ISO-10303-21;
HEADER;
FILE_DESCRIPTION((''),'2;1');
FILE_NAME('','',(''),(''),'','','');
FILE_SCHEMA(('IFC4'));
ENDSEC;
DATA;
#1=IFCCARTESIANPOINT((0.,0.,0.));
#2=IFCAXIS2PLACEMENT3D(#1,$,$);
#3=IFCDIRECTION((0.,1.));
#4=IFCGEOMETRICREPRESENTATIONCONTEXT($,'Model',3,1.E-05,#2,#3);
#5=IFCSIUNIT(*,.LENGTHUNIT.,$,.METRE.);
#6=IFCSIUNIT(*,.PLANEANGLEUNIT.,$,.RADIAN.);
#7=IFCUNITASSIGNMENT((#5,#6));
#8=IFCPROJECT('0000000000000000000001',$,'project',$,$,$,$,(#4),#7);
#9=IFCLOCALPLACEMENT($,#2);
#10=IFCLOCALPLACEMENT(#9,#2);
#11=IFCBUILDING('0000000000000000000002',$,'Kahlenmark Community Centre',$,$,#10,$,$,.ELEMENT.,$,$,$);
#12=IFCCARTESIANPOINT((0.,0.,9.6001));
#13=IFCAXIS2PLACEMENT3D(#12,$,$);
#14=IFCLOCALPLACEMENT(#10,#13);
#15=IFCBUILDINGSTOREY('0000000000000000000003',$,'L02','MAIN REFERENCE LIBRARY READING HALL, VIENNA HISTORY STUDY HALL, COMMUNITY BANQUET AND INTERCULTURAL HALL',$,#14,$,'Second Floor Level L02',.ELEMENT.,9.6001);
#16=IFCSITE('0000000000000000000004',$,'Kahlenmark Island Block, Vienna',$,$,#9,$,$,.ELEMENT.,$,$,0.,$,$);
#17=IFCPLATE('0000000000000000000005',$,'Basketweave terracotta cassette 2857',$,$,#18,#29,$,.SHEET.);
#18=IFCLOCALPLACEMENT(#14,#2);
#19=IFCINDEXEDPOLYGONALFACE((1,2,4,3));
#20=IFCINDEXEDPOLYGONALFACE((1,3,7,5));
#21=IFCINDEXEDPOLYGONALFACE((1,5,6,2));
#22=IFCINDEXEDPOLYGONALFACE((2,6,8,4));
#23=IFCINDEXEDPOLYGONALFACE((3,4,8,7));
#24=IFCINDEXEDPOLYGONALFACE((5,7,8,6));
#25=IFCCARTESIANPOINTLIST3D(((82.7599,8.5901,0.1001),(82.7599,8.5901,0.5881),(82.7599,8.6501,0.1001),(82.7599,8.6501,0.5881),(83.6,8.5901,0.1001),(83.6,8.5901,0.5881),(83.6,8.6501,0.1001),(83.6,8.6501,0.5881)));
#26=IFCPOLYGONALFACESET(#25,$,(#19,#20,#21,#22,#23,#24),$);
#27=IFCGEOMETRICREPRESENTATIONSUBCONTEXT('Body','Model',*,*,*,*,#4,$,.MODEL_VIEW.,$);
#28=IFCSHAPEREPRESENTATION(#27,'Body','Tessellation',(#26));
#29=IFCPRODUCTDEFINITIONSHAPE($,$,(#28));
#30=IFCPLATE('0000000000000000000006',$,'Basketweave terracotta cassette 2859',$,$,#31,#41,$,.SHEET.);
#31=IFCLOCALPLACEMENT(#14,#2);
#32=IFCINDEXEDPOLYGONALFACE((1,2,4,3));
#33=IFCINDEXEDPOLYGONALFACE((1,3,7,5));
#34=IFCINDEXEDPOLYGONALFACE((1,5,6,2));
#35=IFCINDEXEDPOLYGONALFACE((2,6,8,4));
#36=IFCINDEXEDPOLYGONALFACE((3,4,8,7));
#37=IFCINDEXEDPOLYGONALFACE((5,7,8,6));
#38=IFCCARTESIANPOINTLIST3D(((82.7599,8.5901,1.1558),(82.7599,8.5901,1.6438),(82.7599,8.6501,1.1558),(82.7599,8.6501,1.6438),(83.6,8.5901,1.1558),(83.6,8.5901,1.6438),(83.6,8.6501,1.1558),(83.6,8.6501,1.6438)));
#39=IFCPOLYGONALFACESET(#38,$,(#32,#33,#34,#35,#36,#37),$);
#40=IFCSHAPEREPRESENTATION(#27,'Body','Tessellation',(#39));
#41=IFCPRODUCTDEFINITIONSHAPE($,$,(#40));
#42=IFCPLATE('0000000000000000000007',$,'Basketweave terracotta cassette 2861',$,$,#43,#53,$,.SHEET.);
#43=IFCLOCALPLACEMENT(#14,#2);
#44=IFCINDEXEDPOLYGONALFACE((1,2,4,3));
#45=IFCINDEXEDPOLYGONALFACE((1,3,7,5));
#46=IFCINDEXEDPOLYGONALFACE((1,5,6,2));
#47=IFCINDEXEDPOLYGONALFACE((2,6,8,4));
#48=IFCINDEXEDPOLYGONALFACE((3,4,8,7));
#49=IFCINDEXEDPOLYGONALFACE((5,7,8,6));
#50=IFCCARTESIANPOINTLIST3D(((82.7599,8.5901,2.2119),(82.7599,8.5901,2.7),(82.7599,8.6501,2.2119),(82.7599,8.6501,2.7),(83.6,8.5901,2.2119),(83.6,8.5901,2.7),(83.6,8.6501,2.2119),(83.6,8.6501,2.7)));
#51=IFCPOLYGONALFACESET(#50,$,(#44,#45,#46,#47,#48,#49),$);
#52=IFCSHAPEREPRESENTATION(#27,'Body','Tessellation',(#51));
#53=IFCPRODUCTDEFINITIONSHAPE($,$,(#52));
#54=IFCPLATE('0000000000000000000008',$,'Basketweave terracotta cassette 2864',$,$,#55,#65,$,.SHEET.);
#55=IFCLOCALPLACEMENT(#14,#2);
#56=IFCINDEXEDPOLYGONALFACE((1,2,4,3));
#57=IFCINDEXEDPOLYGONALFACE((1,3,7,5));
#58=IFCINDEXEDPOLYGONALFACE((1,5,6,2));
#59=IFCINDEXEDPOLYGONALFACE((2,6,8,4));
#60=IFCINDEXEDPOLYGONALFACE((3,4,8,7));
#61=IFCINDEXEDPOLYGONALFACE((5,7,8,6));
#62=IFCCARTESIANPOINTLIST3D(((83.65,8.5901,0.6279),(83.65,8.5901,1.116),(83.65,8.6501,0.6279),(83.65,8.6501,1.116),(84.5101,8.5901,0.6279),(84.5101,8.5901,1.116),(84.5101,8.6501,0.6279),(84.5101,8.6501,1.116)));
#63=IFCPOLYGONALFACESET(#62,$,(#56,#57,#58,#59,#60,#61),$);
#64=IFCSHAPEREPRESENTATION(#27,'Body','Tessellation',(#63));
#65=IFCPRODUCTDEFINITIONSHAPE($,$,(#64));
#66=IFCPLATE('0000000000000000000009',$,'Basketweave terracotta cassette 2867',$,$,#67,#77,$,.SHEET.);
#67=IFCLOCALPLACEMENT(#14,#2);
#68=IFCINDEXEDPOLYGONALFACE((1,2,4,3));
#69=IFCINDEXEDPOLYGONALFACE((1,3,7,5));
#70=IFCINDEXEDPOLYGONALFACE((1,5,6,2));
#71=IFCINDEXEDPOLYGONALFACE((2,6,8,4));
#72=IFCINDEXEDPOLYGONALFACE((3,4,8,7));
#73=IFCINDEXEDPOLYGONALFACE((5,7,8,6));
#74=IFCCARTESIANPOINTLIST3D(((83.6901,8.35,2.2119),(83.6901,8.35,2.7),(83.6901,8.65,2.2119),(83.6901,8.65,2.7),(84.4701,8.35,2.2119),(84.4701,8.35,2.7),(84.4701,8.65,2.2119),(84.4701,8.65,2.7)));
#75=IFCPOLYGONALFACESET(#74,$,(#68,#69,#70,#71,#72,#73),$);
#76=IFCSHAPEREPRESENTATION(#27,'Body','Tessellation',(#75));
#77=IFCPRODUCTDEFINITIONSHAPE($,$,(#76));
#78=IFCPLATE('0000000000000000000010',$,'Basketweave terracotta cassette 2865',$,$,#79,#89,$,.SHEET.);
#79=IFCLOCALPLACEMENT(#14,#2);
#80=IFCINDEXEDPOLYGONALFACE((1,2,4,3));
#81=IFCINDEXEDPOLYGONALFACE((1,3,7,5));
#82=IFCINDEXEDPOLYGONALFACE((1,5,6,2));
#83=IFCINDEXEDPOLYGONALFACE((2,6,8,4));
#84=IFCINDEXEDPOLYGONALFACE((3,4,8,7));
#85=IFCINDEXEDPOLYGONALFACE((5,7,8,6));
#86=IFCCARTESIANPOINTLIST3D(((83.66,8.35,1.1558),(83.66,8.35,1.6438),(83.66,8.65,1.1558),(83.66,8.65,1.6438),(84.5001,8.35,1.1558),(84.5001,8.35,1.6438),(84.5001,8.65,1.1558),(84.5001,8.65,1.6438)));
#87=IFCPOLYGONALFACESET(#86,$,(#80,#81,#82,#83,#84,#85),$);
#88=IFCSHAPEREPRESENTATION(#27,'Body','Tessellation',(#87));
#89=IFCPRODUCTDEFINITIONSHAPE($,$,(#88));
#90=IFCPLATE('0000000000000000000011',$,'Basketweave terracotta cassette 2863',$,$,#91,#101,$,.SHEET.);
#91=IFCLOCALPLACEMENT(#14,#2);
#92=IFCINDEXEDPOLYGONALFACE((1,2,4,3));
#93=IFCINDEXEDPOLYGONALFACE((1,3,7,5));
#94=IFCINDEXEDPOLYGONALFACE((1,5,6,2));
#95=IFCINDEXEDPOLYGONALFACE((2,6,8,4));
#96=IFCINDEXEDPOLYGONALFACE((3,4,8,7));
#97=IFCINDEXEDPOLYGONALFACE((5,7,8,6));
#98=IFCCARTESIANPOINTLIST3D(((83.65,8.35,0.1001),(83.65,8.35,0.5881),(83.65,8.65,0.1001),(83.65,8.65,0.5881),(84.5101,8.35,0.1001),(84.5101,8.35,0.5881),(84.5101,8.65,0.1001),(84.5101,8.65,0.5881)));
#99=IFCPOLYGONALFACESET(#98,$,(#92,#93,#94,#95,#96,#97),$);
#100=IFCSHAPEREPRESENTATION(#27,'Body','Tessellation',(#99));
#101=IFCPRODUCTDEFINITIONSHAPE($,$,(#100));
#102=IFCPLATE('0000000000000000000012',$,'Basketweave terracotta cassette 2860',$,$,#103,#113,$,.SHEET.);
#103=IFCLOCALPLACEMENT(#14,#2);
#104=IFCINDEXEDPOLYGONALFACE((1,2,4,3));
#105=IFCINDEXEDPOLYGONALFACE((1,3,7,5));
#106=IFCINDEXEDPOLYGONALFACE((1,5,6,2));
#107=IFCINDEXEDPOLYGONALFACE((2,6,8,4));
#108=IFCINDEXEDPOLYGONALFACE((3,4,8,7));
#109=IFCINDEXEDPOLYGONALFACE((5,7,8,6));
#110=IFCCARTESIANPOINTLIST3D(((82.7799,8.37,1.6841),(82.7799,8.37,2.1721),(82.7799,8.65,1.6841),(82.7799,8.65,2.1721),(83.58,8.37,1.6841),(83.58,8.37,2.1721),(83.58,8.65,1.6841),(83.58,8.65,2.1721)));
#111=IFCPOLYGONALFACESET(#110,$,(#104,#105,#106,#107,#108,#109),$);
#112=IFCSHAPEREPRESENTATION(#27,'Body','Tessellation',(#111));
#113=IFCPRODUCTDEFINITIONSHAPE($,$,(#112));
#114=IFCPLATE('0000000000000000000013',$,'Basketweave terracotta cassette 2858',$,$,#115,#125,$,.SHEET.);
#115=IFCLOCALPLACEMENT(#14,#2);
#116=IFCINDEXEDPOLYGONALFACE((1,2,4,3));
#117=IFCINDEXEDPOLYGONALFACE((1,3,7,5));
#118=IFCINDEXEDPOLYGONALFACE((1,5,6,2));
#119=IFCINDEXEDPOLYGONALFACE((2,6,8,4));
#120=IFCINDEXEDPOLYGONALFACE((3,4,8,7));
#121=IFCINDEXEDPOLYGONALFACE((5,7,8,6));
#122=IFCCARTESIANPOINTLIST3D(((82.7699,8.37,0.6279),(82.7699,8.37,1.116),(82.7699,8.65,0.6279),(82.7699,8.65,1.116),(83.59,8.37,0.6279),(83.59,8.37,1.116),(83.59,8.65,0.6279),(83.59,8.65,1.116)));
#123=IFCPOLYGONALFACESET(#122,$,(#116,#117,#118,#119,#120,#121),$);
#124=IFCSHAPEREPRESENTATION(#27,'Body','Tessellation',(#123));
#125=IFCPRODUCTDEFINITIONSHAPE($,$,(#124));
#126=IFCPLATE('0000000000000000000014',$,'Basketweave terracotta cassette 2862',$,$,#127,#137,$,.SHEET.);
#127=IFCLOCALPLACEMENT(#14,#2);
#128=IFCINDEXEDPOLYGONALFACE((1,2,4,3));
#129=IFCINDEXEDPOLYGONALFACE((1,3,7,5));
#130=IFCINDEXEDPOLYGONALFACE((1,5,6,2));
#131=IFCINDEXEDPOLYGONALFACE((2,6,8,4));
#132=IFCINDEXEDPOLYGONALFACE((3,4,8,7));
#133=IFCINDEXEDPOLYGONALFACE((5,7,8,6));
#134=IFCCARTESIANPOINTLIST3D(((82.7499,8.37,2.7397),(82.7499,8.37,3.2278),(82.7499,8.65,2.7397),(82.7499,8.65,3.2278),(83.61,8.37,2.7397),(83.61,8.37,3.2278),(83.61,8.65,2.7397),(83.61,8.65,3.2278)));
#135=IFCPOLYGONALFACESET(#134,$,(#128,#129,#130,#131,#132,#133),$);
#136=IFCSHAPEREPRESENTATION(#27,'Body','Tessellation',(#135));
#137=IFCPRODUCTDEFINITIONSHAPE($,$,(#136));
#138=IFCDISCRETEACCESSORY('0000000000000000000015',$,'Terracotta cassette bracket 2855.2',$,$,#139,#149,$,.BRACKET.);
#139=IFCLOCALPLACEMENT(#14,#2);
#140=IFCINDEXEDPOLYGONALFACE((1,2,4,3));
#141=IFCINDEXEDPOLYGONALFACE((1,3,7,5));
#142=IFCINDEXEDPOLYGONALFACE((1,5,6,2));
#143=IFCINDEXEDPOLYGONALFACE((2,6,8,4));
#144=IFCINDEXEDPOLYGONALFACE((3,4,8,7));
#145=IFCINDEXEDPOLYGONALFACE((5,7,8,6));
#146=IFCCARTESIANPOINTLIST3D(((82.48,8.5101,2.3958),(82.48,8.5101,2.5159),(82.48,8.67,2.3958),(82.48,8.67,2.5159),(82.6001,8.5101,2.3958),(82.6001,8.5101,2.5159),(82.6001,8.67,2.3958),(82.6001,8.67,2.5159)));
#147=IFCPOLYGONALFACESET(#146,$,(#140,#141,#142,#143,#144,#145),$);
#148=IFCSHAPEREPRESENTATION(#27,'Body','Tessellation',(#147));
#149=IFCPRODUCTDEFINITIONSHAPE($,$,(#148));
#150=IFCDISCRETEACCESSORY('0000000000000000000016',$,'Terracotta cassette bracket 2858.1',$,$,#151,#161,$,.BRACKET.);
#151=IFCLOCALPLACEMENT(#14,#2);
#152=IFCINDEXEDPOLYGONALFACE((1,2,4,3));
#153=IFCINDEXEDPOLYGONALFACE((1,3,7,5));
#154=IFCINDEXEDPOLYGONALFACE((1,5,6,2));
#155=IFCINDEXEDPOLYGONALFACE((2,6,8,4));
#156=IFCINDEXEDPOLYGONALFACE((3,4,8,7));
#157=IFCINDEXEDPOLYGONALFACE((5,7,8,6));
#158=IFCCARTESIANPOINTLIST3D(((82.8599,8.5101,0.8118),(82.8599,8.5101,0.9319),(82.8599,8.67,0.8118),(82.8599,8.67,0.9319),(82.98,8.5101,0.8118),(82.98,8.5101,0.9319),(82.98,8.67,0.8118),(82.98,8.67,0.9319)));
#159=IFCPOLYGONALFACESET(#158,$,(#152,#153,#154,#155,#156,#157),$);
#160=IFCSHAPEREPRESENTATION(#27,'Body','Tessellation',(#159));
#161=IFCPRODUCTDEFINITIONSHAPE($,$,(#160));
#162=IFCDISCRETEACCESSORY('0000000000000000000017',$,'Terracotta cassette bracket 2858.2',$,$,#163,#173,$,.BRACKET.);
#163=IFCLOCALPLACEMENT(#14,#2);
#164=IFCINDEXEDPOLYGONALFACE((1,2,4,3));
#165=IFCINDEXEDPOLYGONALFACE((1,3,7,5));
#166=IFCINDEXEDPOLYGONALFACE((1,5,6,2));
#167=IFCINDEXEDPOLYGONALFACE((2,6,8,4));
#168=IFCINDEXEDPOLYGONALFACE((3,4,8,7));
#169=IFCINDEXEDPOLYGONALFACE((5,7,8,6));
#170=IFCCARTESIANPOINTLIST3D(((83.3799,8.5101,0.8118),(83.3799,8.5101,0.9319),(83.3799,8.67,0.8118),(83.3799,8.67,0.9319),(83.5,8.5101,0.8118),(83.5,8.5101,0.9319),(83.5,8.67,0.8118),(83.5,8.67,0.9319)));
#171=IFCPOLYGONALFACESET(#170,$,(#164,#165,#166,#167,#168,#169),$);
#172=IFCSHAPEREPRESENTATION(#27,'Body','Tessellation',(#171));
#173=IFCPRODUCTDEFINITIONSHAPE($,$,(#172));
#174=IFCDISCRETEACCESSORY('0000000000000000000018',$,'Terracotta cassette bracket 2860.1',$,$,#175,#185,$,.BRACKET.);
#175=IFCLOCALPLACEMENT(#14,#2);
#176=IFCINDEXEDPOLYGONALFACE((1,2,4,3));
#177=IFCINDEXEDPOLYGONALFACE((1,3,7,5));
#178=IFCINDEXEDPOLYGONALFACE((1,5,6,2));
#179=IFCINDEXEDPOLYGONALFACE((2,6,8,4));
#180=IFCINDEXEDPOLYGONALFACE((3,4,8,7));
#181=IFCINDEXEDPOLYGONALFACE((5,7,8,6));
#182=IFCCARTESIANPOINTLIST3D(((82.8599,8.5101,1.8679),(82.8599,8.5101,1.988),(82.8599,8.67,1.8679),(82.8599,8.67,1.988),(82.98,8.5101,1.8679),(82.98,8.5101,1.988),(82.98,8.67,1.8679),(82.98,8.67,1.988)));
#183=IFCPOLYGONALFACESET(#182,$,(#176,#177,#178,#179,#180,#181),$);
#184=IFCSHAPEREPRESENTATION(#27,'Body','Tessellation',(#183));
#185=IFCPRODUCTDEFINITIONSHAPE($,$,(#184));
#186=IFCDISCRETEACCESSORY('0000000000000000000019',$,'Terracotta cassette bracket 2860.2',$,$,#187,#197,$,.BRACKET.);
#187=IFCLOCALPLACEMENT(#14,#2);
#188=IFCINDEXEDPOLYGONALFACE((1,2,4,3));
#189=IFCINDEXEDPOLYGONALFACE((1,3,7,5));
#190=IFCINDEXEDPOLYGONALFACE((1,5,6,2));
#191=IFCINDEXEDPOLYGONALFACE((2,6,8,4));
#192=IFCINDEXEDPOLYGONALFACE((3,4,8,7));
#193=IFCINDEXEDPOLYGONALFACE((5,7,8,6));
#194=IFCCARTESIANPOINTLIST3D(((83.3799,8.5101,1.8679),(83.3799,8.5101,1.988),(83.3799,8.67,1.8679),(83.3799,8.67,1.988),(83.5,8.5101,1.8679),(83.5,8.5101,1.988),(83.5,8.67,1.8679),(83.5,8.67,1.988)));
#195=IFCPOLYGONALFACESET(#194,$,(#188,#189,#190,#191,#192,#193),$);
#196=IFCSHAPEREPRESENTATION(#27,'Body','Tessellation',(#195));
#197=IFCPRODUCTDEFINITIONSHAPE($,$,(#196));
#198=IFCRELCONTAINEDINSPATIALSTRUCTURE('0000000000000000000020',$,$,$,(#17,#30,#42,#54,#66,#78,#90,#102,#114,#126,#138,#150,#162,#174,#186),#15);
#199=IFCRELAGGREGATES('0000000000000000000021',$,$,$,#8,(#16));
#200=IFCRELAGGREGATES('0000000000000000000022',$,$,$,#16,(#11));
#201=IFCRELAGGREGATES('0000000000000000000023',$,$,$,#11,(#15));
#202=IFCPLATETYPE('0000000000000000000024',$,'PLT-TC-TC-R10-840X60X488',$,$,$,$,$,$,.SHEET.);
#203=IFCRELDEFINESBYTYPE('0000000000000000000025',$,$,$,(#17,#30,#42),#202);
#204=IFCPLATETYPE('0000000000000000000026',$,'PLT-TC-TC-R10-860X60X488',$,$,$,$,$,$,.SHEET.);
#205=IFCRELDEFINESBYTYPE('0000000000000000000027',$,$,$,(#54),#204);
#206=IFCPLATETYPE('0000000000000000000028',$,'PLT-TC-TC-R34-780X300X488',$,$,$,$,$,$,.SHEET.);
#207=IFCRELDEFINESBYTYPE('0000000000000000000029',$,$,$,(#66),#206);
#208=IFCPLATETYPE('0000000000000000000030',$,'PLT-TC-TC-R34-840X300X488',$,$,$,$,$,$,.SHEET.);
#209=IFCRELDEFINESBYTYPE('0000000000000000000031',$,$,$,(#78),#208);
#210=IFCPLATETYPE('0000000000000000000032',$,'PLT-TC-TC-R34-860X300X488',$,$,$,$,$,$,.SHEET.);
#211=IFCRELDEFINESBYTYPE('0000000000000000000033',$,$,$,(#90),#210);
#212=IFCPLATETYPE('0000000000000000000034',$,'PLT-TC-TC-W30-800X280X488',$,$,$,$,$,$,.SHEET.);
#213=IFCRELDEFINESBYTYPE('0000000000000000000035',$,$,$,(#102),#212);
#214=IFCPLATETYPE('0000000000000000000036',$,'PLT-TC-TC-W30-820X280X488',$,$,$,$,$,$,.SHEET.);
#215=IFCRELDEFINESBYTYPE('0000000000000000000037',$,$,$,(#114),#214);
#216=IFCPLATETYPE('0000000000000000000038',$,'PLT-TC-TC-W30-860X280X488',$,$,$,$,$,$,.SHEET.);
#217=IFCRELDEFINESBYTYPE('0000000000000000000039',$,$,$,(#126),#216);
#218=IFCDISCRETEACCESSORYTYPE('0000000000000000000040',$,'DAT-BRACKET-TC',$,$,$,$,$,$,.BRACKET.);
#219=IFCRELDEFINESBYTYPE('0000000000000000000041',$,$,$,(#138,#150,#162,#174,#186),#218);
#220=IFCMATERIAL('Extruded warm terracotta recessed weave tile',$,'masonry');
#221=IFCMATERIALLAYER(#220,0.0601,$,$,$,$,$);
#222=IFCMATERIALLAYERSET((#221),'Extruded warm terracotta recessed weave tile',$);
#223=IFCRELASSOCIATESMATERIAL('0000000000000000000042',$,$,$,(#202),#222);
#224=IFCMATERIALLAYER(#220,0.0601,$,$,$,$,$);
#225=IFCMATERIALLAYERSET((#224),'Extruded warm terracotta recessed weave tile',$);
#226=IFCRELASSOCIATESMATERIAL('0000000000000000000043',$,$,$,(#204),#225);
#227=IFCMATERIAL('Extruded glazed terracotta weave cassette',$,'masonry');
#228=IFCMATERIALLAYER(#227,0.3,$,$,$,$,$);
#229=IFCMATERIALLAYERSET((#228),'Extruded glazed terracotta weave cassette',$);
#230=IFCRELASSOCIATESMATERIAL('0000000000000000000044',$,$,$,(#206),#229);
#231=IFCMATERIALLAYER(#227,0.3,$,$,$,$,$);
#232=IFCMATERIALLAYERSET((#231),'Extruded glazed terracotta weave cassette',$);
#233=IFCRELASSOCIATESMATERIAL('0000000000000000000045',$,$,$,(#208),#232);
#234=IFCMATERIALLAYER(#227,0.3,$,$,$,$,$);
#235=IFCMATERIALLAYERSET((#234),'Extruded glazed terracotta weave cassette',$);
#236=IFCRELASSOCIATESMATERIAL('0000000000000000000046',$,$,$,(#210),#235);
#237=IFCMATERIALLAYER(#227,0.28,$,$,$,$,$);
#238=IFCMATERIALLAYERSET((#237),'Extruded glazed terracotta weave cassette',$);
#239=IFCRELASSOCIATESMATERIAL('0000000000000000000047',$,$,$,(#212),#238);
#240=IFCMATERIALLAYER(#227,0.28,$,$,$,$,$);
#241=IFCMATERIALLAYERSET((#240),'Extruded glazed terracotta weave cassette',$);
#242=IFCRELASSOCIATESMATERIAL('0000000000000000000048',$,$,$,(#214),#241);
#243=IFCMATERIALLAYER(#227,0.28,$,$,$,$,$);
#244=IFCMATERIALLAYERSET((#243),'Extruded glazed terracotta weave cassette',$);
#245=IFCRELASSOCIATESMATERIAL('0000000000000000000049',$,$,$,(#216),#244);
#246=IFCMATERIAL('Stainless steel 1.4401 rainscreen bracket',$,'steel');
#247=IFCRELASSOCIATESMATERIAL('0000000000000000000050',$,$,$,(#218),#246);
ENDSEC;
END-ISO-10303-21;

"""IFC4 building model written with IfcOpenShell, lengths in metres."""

from ifc_helpers import new_model, si_unit, direction, frame, origin, origin_2d, place, context, subcontext, project, spatial, rectangle, extrude, material, layer, layer_set, type_object, element, save


model = new_model("IFC4")

# Units and contexts
model_context = context("Model", 3, precision=1e-05, world=origin(), true_north=direction((0.0, 1.0)))
body_context = subcontext(model_context, "Body", "Model", "MODEL_VIEW")
ifc_project = project(units=[si_unit("LENGTHUNIT", "METRE"), si_unit("PLANEANGLEUNIT", "RADIAN")], contexts=[model_context])

# Site, building, storey
site_placement = place(None, origin())
site = spatial("IfcSite", under=ifc_project, at=site_placement, Name="Kahlenmark Island Block, Vienna", CompositionType="ELEMENT", RefElevation=0.0)
building_placement = place(site_placement, origin())
building = spatial("IfcBuilding", under=site, at=building_placement, Name="Kahlenmark Community Centre", CompositionType="ELEMENT")
storey_placement = place(building_placement, frame((0.0, 0.0, 9.6001)))
storey = spatial("IfcBuildingStorey", under=building, at=storey_placement, Name="L02", Description="MAIN REFERENCE LIBRARY READING HALL, VIENNA HISTORY STUDY HALL, COMMUNITY BANQUET AND INTERCULTURAL HALL", LongName="Second Floor Level L02", CompositionType="ELEMENT", Elevation=9.6001)

# Plates
ifc_material_1 = material(Name="Extruded warm terracotta recessed weave tile", Category="masonry")
ifc_layer_1 = layer(ifc_material_1, 0.0601)
ifc_layer_set_1 = layer_set([ifc_layer_1], Name="Extruded warm terracotta recessed weave tile")
plate_type_1 = type_object("IfcPlateType", Name="PLT-TC-TC-R10-840X60X488", PredefinedType="SHEET", material=ifc_layer_set_1)
for number, where, z_axis, x_axis, name in (
    (1, (83.1799, 8.6201, 0.1001), (0.0, 0.0, 1.0), (1.0, 0.0, 0.0), "Basketweave terracotta cassette 2857"),
    (2, (83.1799, 8.6201, 1.1558), (0.0, 0.0, 1.0), (1.0, 0.0, 0.0), "Basketweave terracotta cassette 2859"),
    (3, (83.1799, 8.6201, 2.2119), (0.0, 0.0, 1.0), (1.0, 0.0, 0.0), "Basketweave terracotta cassette 2861"),
):
    element("IfcPlate", number, at=place(storey_placement, frame(where, z_axis=z_axis, x_axis=x_axis)), inside=storey, type_object=plate_type_1, Name=name, PredefinedType="SHEET", context=body_context, shape_type="SweptSolid", body=[
        extrude(rectangle(XDim=0.8401, YDim=0.0601, at=origin_2d()), origin(), (0.0, 0.0, 1.0), 0.488),
    ])
ifc_layer_2 = layer(ifc_material_1, 0.0601)
ifc_layer_set_2 = layer_set([ifc_layer_2], Name="Extruded warm terracotta recessed weave tile")
plate_type_2 = type_object("IfcPlateType", Name="PLT-TC-TC-R10-860X60X488", PredefinedType="SHEET", material=ifc_layer_set_2)
plate_1_placement = place(storey_placement, frame((84.0801, 8.6201, 0.6279), z_axis=(0.0, 0.0, 1.0), x_axis=(1.0, 0.0, 0.0)))
element("IfcPlate", 4, at=plate_1_placement, inside=storey, type_object=plate_type_2, Name="Basketweave terracotta cassette 2864", PredefinedType="SHEET", context=body_context, shape_type="SweptSolid", body=[
    extrude(rectangle(XDim=0.8601, YDim=0.0601, at=origin_2d()), origin(), (0.0, 0.0, 1.0), 0.488),
])
ifc_material_2 = material(Name="Extruded glazed terracotta weave cassette", Category="masonry")
ifc_layer_3 = layer(ifc_material_2, 0.3)
ifc_layer_set_3 = layer_set([ifc_layer_3], Name="Extruded glazed terracotta weave cassette")
plate_type_3 = type_object("IfcPlateType", Name="PLT-TC-TC-R34-780X300X488", PredefinedType="SHEET", material=ifc_layer_set_3)
plate_2_placement = place(storey_placement, frame((84.0801, 8.5, 2.2119), z_axis=(0.0, 0.0, 1.0), x_axis=(1.0, 0.0, 0.0)))
element("IfcPlate", 5, at=plate_2_placement, inside=storey, type_object=plate_type_3, Name="Basketweave terracotta cassette 2867", PredefinedType="SHEET", context=body_context, shape_type="SweptSolid", body=[
    extrude(rectangle(XDim=0.78, YDim=0.3, at=origin_2d()), origin(), (0.0, 0.0, 1.0), 0.488),
])
ifc_layer_4 = layer(ifc_material_2, 0.3)
ifc_layer_set_4 = layer_set([ifc_layer_4], Name="Extruded glazed terracotta weave cassette")
plate_type_4 = type_object("IfcPlateType", Name="PLT-TC-TC-R34-840X300X488", PredefinedType="SHEET", material=ifc_layer_set_4)
plate_3_placement = place(storey_placement, frame((84.0801, 8.5, 1.1558), z_axis=(0.0, 0.0, 1.0), x_axis=(1.0, 0.0, 0.0)))
element("IfcPlate", 6, at=plate_3_placement, inside=storey, type_object=plate_type_4, Name="Basketweave terracotta cassette 2865", PredefinedType="SHEET", context=body_context, shape_type="SweptSolid", body=[
    extrude(rectangle(XDim=0.8401, YDim=0.3, at=origin_2d()), origin(), (0.0, 0.0, 1.0), 0.488),
])
ifc_layer_5 = layer(ifc_material_2, 0.3)
ifc_layer_set_5 = layer_set([ifc_layer_5], Name="Extruded glazed terracotta weave cassette")
plate_type_5 = type_object("IfcPlateType", Name="PLT-TC-TC-R34-860X300X488", PredefinedType="SHEET", material=ifc_layer_set_5)
plate_4_placement = place(storey_placement, frame((84.0801, 8.5, 0.1001), z_axis=(0.0, 0.0, 1.0), x_axis=(1.0, 0.0, 0.0)))
element("IfcPlate", 7, at=plate_4_placement, inside=storey, type_object=plate_type_5, Name="Basketweave terracotta cassette 2863", PredefinedType="SHEET", context=body_context, shape_type="SweptSolid", body=[
    extrude(rectangle(XDim=0.8601, YDim=0.3, at=origin_2d()), origin(), (0.0, 0.0, 1.0), 0.488),
])
ifc_layer_6 = layer(ifc_material_2, 0.28)
ifc_layer_set_6 = layer_set([ifc_layer_6], Name="Extruded glazed terracotta weave cassette")
plate_type_6 = type_object("IfcPlateType", Name="PLT-TC-TC-W30-800X280X488", PredefinedType="SHEET", material=ifc_layer_set_6)
plate_5_placement = place(storey_placement, frame((83.1799, 8.51, 1.6841), z_axis=(0.0, 0.0, 1.0), x_axis=(1.0, 0.0, 0.0)))
element("IfcPlate", 8, at=plate_5_placement, inside=storey, type_object=plate_type_6, Name="Basketweave terracotta cassette 2860", PredefinedType="SHEET", context=body_context, shape_type="SweptSolid", body=[
    extrude(rectangle(XDim=0.8, YDim=0.28, at=origin_2d()), origin(), (0.0, 0.0, 1.0), 0.488),
])
ifc_layer_7 = layer(ifc_material_2, 0.28)
ifc_layer_set_7 = layer_set([ifc_layer_7], Name="Extruded glazed terracotta weave cassette")
plate_type_7 = type_object("IfcPlateType", Name="PLT-TC-TC-W30-820X280X488", PredefinedType="SHEET", material=ifc_layer_set_7)
plate_6_placement = place(storey_placement, frame((83.1799, 8.51, 0.6279), z_axis=(0.0, 0.0, 1.0), x_axis=(1.0, 0.0, 0.0)))
element("IfcPlate", 9, at=plate_6_placement, inside=storey, type_object=plate_type_7, Name="Basketweave terracotta cassette 2858", PredefinedType="SHEET", context=body_context, shape_type="SweptSolid", body=[
    extrude(rectangle(XDim=0.8201, YDim=0.28, at=origin_2d()), origin(), (0.0, 0.0, 1.0), 0.488),
])
ifc_layer_8 = layer(ifc_material_2, 0.28)
ifc_layer_set_8 = layer_set([ifc_layer_8], Name="Extruded glazed terracotta weave cassette")
plate_type_8 = type_object("IfcPlateType", Name="PLT-TC-TC-W30-860X280X488", PredefinedType="SHEET", material=ifc_layer_set_8)
plate_7_placement = place(storey_placement, frame((83.1799, 8.51, 2.7397), z_axis=(0.0, 0.0, 1.0), x_axis=(1.0, 0.0, 0.0)))
element("IfcPlate", 10, at=plate_7_placement, inside=storey, type_object=plate_type_8, Name="Basketweave terracotta cassette 2862", PredefinedType="SHEET", context=body_context, shape_type="SweptSolid", body=[
    extrude(rectangle(XDim=0.8601, YDim=0.28, at=origin_2d()), origin(), (0.0, 0.0, 1.0), 0.488),
])

# Discrete accessories
ifc_material_3 = material(Name="Stainless steel 1.4401 rainscreen bracket", Category="steel")
discrete_accessory_type = type_object("IfcDiscreteAccessoryType", Name="DAT-BRACKET-TC", PredefinedType="BRACKET", material=ifc_material_3)
for number, where, z_axis, x_axis, name in (
    (11, (82.54, 8.5901, 2.3958), (0.0, 0.0, 1.0), (1.0, 0.0, 0.0), "Terracotta cassette bracket 2855.2"),
    (12, (82.9199, 8.5901, 0.8118), (0.0, 0.0, 1.0), (1.0, 0.0, 0.0), "Terracotta cassette bracket 2858.1"),
    (13, (83.4399, 8.5901, 0.8118), (0.0, 0.0, 1.0), (1.0, 0.0, 0.0), "Terracotta cassette bracket 2858.2"),
    (14, (82.9199, 8.5901, 1.8679), (0.0, 0.0, 1.0), (1.0, 0.0, 0.0), "Terracotta cassette bracket 2860.1"),
    (15, (83.4399, 8.5901, 1.8679), (0.0, 0.0, 1.0), (1.0, 0.0, 0.0), "Terracotta cassette bracket 2860.2"),
):
    element("IfcDiscreteAccessory", number, at=place(storey_placement, frame(where, z_axis=z_axis, x_axis=x_axis)), inside=storey, type_object=discrete_accessory_type, Name=name, PredefinedType="BRACKET", context=body_context, shape_type="SweptSolid", body=[
        extrude(rectangle(XDim=0.1201, YDim=0.1599, at=origin_2d()), origin(), (0.0, 0.0, 1.0), 0.1201),
    ])

save(model, "model.ifc")
